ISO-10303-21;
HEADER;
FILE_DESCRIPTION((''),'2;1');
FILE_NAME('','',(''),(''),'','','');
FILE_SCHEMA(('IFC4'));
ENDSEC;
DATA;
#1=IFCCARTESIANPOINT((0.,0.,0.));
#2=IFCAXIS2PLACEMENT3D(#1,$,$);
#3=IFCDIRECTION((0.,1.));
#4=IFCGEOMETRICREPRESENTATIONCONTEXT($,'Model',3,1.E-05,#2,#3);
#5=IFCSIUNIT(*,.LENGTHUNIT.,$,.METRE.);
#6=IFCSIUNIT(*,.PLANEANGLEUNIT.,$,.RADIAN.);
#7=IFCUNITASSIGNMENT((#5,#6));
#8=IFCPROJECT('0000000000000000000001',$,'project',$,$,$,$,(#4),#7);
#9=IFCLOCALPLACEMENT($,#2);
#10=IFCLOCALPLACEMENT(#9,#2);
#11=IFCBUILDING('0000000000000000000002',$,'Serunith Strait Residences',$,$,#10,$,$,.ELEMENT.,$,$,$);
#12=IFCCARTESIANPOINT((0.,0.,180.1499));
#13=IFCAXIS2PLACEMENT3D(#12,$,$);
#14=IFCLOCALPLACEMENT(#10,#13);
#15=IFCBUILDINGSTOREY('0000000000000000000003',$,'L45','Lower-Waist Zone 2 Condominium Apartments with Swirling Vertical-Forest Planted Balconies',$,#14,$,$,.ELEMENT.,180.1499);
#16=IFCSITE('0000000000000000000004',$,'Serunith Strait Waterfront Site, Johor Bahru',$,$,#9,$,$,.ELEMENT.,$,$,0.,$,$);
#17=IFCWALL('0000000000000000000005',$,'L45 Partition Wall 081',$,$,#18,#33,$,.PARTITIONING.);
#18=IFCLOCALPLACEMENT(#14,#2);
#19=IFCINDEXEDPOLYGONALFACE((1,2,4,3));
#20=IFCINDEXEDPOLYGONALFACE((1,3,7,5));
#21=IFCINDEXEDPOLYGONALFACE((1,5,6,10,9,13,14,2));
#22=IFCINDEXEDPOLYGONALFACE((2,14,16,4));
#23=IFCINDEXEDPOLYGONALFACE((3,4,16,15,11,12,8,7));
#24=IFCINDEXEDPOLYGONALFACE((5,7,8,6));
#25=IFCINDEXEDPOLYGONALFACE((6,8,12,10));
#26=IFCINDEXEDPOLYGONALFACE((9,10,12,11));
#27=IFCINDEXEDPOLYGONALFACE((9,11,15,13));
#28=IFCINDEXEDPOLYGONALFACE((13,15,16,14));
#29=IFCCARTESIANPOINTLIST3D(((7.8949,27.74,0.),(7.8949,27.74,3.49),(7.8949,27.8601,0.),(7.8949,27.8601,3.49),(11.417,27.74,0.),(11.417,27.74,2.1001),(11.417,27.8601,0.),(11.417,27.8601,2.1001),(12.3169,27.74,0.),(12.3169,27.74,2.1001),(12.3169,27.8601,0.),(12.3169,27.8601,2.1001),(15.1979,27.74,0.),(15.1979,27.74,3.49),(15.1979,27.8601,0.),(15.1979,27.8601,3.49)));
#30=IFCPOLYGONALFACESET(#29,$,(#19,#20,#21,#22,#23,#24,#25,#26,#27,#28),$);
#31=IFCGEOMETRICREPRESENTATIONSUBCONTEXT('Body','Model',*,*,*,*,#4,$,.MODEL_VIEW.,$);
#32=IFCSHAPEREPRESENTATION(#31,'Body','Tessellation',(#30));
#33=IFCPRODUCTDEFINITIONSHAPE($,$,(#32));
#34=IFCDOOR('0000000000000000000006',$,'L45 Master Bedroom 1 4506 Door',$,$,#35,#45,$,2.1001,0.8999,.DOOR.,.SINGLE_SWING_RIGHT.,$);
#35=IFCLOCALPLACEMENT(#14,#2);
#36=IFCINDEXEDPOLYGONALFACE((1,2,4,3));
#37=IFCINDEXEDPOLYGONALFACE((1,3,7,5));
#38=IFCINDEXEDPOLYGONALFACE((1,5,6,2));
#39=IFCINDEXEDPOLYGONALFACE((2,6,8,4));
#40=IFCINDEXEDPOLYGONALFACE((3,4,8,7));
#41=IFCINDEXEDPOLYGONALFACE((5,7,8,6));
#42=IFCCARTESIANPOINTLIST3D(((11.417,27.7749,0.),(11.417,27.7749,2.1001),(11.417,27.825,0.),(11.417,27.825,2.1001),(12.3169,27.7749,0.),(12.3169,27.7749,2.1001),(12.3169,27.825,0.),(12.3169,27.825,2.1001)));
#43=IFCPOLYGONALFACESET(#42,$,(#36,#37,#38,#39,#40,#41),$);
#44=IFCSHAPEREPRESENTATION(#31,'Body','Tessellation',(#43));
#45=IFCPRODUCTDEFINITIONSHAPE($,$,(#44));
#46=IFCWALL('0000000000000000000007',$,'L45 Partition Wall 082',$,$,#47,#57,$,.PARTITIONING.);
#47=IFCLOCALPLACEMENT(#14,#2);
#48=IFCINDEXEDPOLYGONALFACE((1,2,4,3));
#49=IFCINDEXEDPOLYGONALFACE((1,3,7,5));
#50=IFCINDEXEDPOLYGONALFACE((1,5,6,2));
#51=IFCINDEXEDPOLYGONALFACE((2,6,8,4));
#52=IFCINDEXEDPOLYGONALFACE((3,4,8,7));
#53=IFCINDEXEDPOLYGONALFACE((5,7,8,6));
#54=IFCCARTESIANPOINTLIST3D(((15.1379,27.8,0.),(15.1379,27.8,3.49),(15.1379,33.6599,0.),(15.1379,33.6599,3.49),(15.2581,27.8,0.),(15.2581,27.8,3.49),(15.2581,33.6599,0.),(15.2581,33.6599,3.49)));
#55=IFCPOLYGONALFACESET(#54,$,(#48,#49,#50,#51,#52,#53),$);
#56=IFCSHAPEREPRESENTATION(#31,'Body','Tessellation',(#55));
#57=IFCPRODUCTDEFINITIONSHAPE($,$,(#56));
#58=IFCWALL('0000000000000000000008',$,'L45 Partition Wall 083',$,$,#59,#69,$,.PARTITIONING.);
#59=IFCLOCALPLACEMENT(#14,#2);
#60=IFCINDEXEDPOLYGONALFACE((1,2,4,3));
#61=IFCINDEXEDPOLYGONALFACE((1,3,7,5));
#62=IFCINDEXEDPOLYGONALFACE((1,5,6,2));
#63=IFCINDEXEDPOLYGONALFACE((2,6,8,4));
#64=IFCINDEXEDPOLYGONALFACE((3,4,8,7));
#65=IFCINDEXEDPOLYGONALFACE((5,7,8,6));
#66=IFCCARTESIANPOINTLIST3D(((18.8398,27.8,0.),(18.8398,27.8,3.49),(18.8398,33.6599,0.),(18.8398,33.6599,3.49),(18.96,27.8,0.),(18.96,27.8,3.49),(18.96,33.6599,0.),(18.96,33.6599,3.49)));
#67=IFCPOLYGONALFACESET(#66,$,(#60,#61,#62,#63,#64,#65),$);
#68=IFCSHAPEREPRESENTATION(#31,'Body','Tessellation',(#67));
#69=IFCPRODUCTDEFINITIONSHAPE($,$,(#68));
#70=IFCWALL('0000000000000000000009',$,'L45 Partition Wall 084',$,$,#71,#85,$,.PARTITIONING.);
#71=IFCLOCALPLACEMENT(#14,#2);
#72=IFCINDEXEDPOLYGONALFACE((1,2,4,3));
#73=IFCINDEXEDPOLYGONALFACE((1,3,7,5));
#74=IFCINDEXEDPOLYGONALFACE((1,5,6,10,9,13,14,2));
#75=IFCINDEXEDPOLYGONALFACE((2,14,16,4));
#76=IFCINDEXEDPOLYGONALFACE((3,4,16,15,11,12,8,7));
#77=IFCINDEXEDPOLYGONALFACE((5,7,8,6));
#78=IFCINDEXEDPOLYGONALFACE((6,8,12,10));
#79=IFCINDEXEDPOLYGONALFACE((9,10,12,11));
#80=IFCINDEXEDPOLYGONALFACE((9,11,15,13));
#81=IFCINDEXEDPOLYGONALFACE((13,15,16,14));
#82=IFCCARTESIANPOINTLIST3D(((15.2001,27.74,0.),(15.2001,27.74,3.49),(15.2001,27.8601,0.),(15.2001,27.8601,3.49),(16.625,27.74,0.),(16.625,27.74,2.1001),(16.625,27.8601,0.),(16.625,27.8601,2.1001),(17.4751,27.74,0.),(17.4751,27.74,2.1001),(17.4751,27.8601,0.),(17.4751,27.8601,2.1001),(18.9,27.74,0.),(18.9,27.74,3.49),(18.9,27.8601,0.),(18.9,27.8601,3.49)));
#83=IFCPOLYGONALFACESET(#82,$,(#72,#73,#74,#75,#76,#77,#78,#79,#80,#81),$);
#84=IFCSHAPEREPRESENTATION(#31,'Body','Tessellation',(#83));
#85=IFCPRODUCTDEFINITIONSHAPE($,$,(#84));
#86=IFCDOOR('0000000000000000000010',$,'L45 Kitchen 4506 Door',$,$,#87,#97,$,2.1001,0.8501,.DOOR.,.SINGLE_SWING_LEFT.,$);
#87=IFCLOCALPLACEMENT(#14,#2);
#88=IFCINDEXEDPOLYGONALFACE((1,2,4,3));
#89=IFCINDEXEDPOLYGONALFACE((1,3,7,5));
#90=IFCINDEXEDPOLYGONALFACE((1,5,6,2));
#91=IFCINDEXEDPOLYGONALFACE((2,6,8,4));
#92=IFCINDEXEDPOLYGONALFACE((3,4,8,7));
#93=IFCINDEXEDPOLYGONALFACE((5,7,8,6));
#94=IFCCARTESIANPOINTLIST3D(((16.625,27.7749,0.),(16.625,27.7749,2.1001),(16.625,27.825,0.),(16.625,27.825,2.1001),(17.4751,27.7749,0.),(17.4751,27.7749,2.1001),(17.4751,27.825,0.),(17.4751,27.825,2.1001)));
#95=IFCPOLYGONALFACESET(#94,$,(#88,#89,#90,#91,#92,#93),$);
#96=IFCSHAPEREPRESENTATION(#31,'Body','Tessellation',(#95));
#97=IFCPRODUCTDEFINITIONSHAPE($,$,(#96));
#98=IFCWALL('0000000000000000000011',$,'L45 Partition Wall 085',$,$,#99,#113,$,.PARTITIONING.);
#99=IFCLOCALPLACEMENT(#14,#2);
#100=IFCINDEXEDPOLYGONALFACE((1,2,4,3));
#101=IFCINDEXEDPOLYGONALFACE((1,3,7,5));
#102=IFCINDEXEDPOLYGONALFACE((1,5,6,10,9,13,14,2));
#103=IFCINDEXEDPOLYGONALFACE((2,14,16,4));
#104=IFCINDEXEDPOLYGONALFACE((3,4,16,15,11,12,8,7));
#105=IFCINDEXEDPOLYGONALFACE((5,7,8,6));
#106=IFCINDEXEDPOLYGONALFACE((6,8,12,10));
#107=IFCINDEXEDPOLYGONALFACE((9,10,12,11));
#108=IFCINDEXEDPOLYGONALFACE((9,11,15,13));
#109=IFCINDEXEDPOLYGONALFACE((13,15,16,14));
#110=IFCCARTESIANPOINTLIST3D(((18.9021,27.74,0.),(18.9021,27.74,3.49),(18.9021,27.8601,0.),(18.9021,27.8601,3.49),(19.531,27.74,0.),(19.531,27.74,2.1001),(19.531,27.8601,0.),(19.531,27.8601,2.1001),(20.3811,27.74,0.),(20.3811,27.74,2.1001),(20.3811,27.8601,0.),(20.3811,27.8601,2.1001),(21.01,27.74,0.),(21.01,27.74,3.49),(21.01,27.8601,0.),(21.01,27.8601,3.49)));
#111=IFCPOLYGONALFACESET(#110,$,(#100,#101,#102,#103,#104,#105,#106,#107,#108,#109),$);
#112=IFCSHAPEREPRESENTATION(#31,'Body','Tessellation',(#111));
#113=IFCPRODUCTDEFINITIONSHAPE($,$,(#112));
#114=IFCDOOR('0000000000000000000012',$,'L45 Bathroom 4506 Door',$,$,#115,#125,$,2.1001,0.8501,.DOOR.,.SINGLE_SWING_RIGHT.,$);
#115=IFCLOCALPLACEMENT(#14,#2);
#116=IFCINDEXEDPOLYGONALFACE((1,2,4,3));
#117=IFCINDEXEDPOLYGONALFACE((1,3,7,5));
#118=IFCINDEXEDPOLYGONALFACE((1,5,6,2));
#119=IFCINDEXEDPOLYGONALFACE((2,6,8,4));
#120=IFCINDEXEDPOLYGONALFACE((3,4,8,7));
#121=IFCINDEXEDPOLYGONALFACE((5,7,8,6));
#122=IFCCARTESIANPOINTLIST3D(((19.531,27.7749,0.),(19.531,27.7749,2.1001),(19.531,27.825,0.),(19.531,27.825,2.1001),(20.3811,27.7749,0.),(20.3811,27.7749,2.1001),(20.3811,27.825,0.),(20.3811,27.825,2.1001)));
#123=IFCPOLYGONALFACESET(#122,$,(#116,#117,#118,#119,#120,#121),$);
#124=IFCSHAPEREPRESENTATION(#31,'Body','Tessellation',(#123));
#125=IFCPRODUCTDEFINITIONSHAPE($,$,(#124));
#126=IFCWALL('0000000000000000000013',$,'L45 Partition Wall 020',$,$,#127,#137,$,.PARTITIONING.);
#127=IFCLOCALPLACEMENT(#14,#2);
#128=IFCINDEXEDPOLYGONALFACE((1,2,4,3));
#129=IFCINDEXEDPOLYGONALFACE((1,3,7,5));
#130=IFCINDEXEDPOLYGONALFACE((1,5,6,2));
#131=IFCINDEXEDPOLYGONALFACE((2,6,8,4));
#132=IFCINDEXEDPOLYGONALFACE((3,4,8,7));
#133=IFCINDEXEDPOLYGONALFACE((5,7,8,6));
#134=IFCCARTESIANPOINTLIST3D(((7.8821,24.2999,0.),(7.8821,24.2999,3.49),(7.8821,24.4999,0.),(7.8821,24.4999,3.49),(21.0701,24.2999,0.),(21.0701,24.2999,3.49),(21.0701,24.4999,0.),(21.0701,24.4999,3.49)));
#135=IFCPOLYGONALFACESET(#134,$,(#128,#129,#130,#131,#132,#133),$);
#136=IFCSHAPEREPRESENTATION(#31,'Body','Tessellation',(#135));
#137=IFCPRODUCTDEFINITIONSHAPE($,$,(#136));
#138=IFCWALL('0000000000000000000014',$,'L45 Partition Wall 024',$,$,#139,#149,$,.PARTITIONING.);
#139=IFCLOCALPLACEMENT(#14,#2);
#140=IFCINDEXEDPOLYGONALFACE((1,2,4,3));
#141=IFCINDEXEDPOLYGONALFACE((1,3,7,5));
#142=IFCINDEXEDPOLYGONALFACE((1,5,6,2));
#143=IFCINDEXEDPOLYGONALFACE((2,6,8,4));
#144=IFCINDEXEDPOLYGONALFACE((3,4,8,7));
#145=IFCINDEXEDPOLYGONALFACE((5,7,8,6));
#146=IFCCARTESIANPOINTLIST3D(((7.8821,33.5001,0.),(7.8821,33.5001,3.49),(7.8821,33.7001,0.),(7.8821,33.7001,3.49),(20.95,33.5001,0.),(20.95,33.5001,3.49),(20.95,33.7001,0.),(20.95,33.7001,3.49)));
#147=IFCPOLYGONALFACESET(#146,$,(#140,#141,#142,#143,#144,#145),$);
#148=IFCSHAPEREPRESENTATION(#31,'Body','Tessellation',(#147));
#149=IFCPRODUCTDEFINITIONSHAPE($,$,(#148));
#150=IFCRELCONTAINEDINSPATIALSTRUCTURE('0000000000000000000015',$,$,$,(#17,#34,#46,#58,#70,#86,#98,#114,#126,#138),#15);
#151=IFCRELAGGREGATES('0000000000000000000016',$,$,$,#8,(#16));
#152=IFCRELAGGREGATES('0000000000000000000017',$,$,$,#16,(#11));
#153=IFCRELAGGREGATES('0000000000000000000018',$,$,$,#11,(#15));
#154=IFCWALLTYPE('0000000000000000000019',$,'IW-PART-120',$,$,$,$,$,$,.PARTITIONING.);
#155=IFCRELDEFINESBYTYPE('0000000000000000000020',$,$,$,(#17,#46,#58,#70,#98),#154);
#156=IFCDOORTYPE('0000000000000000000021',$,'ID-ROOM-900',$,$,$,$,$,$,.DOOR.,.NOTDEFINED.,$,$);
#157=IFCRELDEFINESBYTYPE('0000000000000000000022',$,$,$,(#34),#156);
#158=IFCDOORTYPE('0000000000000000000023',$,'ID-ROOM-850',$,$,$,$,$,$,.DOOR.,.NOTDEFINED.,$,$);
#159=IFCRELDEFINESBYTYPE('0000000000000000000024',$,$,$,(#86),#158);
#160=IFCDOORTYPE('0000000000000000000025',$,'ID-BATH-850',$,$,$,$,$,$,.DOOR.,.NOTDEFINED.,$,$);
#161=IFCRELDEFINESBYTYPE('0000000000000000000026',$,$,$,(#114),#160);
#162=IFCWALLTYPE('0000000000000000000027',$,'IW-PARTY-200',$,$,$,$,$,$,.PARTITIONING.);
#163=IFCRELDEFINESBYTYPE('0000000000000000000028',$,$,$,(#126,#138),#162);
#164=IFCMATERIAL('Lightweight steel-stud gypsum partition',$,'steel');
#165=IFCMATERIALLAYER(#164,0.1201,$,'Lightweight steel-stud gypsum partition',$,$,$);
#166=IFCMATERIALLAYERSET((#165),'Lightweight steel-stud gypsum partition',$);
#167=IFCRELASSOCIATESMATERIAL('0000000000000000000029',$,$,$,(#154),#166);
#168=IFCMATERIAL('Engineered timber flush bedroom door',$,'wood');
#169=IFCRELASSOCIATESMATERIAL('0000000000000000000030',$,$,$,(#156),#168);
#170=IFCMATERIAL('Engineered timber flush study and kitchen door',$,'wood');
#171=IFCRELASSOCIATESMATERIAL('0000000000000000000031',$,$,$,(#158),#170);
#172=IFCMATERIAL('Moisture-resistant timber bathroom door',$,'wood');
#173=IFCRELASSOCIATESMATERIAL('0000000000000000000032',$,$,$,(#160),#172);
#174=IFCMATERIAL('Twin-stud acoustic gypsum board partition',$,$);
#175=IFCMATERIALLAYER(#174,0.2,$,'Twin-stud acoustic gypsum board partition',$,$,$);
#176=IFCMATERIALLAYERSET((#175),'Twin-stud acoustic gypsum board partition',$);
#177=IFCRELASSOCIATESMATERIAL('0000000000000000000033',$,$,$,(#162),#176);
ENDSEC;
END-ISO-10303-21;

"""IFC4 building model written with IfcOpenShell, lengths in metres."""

from ifc_helpers import new_model, si_unit, direction, frame, frame_2d, origin, place, context, subcontext, project, spatial, rectangle, extrude, source, transform, mapped, material, layer, layer_set, type_object, element, fill, save


model = new_model("IFC4")

# Units and contexts
model_context = context("Model", 3, precision=1e-05, world=origin(), true_north=direction((0.0, 1.0)))
body_context = subcontext(model_context, "Body", "Model", "MODEL_VIEW")
ifc_project = project(units=[si_unit("LENGTHUNIT", "METRE"), si_unit("PLANEANGLEUNIT", "RADIAN")], contexts=[model_context])

# Site, building, storey
site_placement = place(None, origin())
site = spatial("IfcSite", under=ifc_project, at=site_placement, Name="Serunith Strait Waterfront Site, Johor Bahru", CompositionType="ELEMENT", RefElevation=0.0)
building_placement = place(site_placement, origin())
building = spatial("IfcBuilding", under=site, at=building_placement, Name="Serunith Strait Residences", CompositionType="ELEMENT")
storey_placement = place(building_placement, frame((0.0, 0.0, 180.1499)))
storey = spatial("IfcBuildingStorey", under=building, at=storey_placement, Name="L45", Description="Lower-Waist Zone 2 Condominium Apartments with Swirling Vertical-Forest Planted Balconies", CompositionType="ELEMENT", Elevation=180.1499)

# Wall, opening, door
ifc_material_1 = material(Name="Lightweight steel-stud gypsum partition", Category="steel")
ifc_layer_1 = layer(ifc_material_1, 0.1201, Name="Lightweight steel-stud gypsum partition")
ifc_layer_set_1 = layer_set([ifc_layer_1], Name="Lightweight steel-stud gypsum partition")
wall_type_1 = type_object("IfcWallType", Name="IW-PART-120", PredefinedType="PARTITIONING", material=ifc_layer_set_1)
wall_1_placement = place(storey_placement, frame((7.895, 27.8, 0.0), z_axis=(0.0, 0.0, 1.0), x_axis=(1.0, 0.0, 0.0)))
wall_1 = element("IfcWall", 1, at=wall_1_placement, inside=storey, type_object=wall_type_1, Name="L45 Partition Wall 081", PredefinedType="PARTITIONING", context=body_context, shape_type="SweptSolid", body=[
    extrude(rectangle(XDim=7.303, YDim=0.1201, at=frame_2d((3.6514, 0.0))), origin(), (0.0, 0.0, 1.0), 3.49),
])
opening_1_placement = place(wall_1_placement, frame((3.522, 0.0, 0.0)))
opening_1 = element("IfcOpeningElement", 2, at=opening_1_placement, cuts=wall_1, PredefinedType="OPENING", context=body_context, shape_type="SweptSolid", body=[
    extrude(rectangle(XDim=0.8999, YDim=2.1001, at=frame_2d((0.45, 1.05))), frame((0.0, 0.0701, 0.0), z_axis=(0.0, -1.0, 0.0), x_axis=(1.0, 0.0, 0.0)), (0.0, 0.0, 1.0), 0.1401),
])
ifc_material_2 = material(Name="Engineered timber flush bedroom door", Category="wood")
door_type_1 = type_object("IfcDoorType", Name="ID-ROOM-900", OperationType="NOTDEFINED", PredefinedType="DOOR", material=ifc_material_2)
shared_shape_1 = source(origin(), body_context, "Body", "SweptSolid", [
    extrude(rectangle(XDim=0.8999, YDim=2.1001, at=frame_2d((0.45, 1.05))), frame((0.0, 0.0249, 0.0), z_axis=(0.0, -1.0, 0.0), x_axis=(1.0, 0.0, 0.0)), (0.0, 0.0, 1.0), 0.05),
])
door_1_placement = place(opening_1_placement, origin())
door_1 = element("IfcDoor", 3, at=door_1_placement, inside=storey, type_object=door_type_1, Name="L45 Master Bedroom 1 4506 Door", OperationType="SINGLE_SWING_RIGHT", OverallHeight=2.1001, OverallWidth=0.8999, PredefinedType="DOOR", context=body_context, shape_type="MappedRepresentation", body=[
    mapped(shared_shape_1, transform((0.0, 0.0, 0.0), scale=1.0)),
])
fill(opening_1, door_1)

# Walls
for number, where, z_axis, x_axis, name in (
    (4, (15.198, 27.8, 0.0), (0.0, 0.0, 1.0), (0.0, 1.0, 0.0), "L45 Partition Wall 082"),
    (5, (18.8999, 27.8, 0.0), (0.0, 0.0, 1.0), (0.0, 1.0, 0.0), "L45 Partition Wall 083"),
):
    element("IfcWall", number, at=place(storey_placement, frame(where, z_axis=z_axis, x_axis=x_axis)), inside=storey, type_object=wall_type_1, Name=name, PredefinedType="PARTITIONING", context=body_context, shape_type="SweptSolid", body=[
        extrude(rectangle(XDim=5.8599, YDim=0.1201, at=frame_2d((2.9299, 0.0))), origin(), (0.0, 0.0, 1.0), 3.49),
    ])

# Walls, openings, doors
wall_2_placement = place(storey_placement, frame((15.2, 27.8, 0.0), z_axis=(0.0, 0.0, 1.0), x_axis=(1.0, 0.0, 0.0)))
wall_2 = element("IfcWall", 6, at=wall_2_placement, inside=storey, type_object=wall_type_1, Name="L45 Partition Wall 084", PredefinedType="PARTITIONING", context=body_context, shape_type="SweptSolid", body=[
    extrude(rectangle(XDim=3.7, YDim=0.1201, at=frame_2d((1.8501, 0.0))), origin(), (0.0, 0.0, 1.0), 3.49),
])
opening_2_placement = place(wall_2_placement, frame((1.425, 0.0, 0.0)))
opening_2 = element("IfcOpeningElement", 7, at=opening_2_placement, cuts=wall_2, PredefinedType="OPENING", context=body_context, shape_type="SweptSolid", body=[
    extrude(rectangle(XDim=0.8501, YDim=2.1001, at=frame_2d((0.425, 1.05))), frame((0.0, 0.0701, 0.0), z_axis=(0.0, -1.0, 0.0), x_axis=(1.0, 0.0, 0.0)), (0.0, 0.0, 1.0), 0.1401),
])
ifc_material_3 = material(Name="Engineered timber flush study and kitchen door", Category="wood")
door_type_2 = type_object("IfcDoorType", Name="ID-ROOM-850", OperationType="NOTDEFINED", PredefinedType="DOOR", material=ifc_material_3)
shared_shape_2 = source(origin(), body_context, "Body", "SweptSolid", [
    extrude(rectangle(XDim=0.8501, YDim=2.1001, at=frame_2d((0.425, 1.05))), frame((0.0, 0.0249, 0.0), z_axis=(0.0, -1.0, 0.0), x_axis=(1.0, 0.0, 0.0)), (0.0, 0.0, 1.0), 0.05),
])
door_2_placement = place(opening_2_placement, origin())
door_2 = element("IfcDoor", 8, at=door_2_placement, inside=storey, type_object=door_type_2, Name="L45 Kitchen 4506 Door", OperationType="SINGLE_SWING_LEFT", OverallHeight=2.1001, OverallWidth=0.8501, PredefinedType="DOOR", context=body_context, shape_type="MappedRepresentation", body=[
    mapped(shared_shape_2, transform((0.0, 0.0, 0.0), scale=1.0)),
])
fill(opening_2, door_2)
wall_3_placement = place(storey_placement, frame((18.9021, 27.8, 0.0), z_axis=(0.0, 0.0, 1.0), x_axis=(1.0, 0.0, 0.0)))
wall_3 = element("IfcWall", 9, at=wall_3_placement, inside=storey, type_object=wall_type_1, Name="L45 Partition Wall 085", PredefinedType="PARTITIONING", context=body_context, shape_type="SweptSolid", body=[
    extrude(rectangle(XDim=2.1079, YDim=0.1201, at=frame_2d((1.054, 0.0))), origin(), (0.0, 0.0, 1.0), 3.49),
])
opening_3_placement = place(wall_3_placement, frame((0.6289, 0.0, 0.0)))
opening_3 = element("IfcOpeningElement", 10, at=opening_3_placement, cuts=wall_3, PredefinedType="OPENING", context=body_context, shape_type="SweptSolid", body=[
    extrude(rectangle(XDim=0.8501, YDim=2.1001, at=frame_2d((0.425, 1.05))), frame((0.0, 0.0701, 0.0), z_axis=(0.0, -1.0, 0.0), x_axis=(1.0, 0.0, 0.0)), (0.0, 0.0, 1.0), 0.1401),
])
ifc_material_4 = material(Name="Moisture-resistant timber bathroom door", Category="wood")
door_type_3 = type_object("IfcDoorType", Name="ID-BATH-850", OperationType="NOTDEFINED", PredefinedType="DOOR", material=ifc_material_4)
door_3_placement = place(opening_3_placement, origin())
door_3 = element("IfcDoor", 11, at=door_3_placement, inside=storey, type_object=door_type_3, Name="L45 Bathroom 4506 Door", OperationType="SINGLE_SWING_RIGHT", OverallHeight=2.1001, OverallWidth=0.8501, PredefinedType="DOOR", context=body_context, shape_type="MappedRepresentation", body=[
    mapped(shared_shape_2, transform((0.0, 0.0, 0.0), scale=1.0)),
])
fill(opening_3, door_3)

# Walls
ifc_material_5 = material(Name="Twin-stud acoustic gypsum board partition")
ifc_layer_2 = layer(ifc_material_5, 0.2, Name="Twin-stud acoustic gypsum board partition")
ifc_layer_set_2 = layer_set([ifc_layer_2], Name="Twin-stud acoustic gypsum board partition")
wall_type_2 = type_object("IfcWallType", Name="IW-PARTY-200", PredefinedType="PARTITIONING", material=ifc_layer_set_2)
wall_4_placement = place(storey_placement, frame((7.8821, 24.3999, 0.0), z_axis=(0.0, 0.0, 1.0), x_axis=(1.0, 0.0, 0.0)))
element("IfcWall", 12, at=wall_4_placement, inside=storey, type_object=wall_type_2, Name="L45 Partition Wall 020", PredefinedType="PARTITIONING", context=body_context, shape_type="SweptSolid", body=[
    extrude(rectangle(XDim=13.188, YDim=0.2, at=frame_2d((6.594, 0.0))), origin(), (0.0, 0.0, 1.0), 3.49),
])
wall_5_placement = place(storey_placement, frame((7.8821, 33.6001, 0.0), z_axis=(0.0, 0.0, 1.0), x_axis=(1.0, 0.0, 0.0)))
element("IfcWall", 13, at=wall_5_placement, inside=storey, type_object=wall_type_2, Name="L45 Partition Wall 024", PredefinedType="PARTITIONING", context=body_context, shape_type="SweptSolid", body=[
    extrude(rectangle(XDim=13.0679, YDim=0.2, at=frame_2d((6.5339, 0.0))), origin(), (0.0, 0.0, 1.0), 3.49),
])

save(model, "model.ifc")
